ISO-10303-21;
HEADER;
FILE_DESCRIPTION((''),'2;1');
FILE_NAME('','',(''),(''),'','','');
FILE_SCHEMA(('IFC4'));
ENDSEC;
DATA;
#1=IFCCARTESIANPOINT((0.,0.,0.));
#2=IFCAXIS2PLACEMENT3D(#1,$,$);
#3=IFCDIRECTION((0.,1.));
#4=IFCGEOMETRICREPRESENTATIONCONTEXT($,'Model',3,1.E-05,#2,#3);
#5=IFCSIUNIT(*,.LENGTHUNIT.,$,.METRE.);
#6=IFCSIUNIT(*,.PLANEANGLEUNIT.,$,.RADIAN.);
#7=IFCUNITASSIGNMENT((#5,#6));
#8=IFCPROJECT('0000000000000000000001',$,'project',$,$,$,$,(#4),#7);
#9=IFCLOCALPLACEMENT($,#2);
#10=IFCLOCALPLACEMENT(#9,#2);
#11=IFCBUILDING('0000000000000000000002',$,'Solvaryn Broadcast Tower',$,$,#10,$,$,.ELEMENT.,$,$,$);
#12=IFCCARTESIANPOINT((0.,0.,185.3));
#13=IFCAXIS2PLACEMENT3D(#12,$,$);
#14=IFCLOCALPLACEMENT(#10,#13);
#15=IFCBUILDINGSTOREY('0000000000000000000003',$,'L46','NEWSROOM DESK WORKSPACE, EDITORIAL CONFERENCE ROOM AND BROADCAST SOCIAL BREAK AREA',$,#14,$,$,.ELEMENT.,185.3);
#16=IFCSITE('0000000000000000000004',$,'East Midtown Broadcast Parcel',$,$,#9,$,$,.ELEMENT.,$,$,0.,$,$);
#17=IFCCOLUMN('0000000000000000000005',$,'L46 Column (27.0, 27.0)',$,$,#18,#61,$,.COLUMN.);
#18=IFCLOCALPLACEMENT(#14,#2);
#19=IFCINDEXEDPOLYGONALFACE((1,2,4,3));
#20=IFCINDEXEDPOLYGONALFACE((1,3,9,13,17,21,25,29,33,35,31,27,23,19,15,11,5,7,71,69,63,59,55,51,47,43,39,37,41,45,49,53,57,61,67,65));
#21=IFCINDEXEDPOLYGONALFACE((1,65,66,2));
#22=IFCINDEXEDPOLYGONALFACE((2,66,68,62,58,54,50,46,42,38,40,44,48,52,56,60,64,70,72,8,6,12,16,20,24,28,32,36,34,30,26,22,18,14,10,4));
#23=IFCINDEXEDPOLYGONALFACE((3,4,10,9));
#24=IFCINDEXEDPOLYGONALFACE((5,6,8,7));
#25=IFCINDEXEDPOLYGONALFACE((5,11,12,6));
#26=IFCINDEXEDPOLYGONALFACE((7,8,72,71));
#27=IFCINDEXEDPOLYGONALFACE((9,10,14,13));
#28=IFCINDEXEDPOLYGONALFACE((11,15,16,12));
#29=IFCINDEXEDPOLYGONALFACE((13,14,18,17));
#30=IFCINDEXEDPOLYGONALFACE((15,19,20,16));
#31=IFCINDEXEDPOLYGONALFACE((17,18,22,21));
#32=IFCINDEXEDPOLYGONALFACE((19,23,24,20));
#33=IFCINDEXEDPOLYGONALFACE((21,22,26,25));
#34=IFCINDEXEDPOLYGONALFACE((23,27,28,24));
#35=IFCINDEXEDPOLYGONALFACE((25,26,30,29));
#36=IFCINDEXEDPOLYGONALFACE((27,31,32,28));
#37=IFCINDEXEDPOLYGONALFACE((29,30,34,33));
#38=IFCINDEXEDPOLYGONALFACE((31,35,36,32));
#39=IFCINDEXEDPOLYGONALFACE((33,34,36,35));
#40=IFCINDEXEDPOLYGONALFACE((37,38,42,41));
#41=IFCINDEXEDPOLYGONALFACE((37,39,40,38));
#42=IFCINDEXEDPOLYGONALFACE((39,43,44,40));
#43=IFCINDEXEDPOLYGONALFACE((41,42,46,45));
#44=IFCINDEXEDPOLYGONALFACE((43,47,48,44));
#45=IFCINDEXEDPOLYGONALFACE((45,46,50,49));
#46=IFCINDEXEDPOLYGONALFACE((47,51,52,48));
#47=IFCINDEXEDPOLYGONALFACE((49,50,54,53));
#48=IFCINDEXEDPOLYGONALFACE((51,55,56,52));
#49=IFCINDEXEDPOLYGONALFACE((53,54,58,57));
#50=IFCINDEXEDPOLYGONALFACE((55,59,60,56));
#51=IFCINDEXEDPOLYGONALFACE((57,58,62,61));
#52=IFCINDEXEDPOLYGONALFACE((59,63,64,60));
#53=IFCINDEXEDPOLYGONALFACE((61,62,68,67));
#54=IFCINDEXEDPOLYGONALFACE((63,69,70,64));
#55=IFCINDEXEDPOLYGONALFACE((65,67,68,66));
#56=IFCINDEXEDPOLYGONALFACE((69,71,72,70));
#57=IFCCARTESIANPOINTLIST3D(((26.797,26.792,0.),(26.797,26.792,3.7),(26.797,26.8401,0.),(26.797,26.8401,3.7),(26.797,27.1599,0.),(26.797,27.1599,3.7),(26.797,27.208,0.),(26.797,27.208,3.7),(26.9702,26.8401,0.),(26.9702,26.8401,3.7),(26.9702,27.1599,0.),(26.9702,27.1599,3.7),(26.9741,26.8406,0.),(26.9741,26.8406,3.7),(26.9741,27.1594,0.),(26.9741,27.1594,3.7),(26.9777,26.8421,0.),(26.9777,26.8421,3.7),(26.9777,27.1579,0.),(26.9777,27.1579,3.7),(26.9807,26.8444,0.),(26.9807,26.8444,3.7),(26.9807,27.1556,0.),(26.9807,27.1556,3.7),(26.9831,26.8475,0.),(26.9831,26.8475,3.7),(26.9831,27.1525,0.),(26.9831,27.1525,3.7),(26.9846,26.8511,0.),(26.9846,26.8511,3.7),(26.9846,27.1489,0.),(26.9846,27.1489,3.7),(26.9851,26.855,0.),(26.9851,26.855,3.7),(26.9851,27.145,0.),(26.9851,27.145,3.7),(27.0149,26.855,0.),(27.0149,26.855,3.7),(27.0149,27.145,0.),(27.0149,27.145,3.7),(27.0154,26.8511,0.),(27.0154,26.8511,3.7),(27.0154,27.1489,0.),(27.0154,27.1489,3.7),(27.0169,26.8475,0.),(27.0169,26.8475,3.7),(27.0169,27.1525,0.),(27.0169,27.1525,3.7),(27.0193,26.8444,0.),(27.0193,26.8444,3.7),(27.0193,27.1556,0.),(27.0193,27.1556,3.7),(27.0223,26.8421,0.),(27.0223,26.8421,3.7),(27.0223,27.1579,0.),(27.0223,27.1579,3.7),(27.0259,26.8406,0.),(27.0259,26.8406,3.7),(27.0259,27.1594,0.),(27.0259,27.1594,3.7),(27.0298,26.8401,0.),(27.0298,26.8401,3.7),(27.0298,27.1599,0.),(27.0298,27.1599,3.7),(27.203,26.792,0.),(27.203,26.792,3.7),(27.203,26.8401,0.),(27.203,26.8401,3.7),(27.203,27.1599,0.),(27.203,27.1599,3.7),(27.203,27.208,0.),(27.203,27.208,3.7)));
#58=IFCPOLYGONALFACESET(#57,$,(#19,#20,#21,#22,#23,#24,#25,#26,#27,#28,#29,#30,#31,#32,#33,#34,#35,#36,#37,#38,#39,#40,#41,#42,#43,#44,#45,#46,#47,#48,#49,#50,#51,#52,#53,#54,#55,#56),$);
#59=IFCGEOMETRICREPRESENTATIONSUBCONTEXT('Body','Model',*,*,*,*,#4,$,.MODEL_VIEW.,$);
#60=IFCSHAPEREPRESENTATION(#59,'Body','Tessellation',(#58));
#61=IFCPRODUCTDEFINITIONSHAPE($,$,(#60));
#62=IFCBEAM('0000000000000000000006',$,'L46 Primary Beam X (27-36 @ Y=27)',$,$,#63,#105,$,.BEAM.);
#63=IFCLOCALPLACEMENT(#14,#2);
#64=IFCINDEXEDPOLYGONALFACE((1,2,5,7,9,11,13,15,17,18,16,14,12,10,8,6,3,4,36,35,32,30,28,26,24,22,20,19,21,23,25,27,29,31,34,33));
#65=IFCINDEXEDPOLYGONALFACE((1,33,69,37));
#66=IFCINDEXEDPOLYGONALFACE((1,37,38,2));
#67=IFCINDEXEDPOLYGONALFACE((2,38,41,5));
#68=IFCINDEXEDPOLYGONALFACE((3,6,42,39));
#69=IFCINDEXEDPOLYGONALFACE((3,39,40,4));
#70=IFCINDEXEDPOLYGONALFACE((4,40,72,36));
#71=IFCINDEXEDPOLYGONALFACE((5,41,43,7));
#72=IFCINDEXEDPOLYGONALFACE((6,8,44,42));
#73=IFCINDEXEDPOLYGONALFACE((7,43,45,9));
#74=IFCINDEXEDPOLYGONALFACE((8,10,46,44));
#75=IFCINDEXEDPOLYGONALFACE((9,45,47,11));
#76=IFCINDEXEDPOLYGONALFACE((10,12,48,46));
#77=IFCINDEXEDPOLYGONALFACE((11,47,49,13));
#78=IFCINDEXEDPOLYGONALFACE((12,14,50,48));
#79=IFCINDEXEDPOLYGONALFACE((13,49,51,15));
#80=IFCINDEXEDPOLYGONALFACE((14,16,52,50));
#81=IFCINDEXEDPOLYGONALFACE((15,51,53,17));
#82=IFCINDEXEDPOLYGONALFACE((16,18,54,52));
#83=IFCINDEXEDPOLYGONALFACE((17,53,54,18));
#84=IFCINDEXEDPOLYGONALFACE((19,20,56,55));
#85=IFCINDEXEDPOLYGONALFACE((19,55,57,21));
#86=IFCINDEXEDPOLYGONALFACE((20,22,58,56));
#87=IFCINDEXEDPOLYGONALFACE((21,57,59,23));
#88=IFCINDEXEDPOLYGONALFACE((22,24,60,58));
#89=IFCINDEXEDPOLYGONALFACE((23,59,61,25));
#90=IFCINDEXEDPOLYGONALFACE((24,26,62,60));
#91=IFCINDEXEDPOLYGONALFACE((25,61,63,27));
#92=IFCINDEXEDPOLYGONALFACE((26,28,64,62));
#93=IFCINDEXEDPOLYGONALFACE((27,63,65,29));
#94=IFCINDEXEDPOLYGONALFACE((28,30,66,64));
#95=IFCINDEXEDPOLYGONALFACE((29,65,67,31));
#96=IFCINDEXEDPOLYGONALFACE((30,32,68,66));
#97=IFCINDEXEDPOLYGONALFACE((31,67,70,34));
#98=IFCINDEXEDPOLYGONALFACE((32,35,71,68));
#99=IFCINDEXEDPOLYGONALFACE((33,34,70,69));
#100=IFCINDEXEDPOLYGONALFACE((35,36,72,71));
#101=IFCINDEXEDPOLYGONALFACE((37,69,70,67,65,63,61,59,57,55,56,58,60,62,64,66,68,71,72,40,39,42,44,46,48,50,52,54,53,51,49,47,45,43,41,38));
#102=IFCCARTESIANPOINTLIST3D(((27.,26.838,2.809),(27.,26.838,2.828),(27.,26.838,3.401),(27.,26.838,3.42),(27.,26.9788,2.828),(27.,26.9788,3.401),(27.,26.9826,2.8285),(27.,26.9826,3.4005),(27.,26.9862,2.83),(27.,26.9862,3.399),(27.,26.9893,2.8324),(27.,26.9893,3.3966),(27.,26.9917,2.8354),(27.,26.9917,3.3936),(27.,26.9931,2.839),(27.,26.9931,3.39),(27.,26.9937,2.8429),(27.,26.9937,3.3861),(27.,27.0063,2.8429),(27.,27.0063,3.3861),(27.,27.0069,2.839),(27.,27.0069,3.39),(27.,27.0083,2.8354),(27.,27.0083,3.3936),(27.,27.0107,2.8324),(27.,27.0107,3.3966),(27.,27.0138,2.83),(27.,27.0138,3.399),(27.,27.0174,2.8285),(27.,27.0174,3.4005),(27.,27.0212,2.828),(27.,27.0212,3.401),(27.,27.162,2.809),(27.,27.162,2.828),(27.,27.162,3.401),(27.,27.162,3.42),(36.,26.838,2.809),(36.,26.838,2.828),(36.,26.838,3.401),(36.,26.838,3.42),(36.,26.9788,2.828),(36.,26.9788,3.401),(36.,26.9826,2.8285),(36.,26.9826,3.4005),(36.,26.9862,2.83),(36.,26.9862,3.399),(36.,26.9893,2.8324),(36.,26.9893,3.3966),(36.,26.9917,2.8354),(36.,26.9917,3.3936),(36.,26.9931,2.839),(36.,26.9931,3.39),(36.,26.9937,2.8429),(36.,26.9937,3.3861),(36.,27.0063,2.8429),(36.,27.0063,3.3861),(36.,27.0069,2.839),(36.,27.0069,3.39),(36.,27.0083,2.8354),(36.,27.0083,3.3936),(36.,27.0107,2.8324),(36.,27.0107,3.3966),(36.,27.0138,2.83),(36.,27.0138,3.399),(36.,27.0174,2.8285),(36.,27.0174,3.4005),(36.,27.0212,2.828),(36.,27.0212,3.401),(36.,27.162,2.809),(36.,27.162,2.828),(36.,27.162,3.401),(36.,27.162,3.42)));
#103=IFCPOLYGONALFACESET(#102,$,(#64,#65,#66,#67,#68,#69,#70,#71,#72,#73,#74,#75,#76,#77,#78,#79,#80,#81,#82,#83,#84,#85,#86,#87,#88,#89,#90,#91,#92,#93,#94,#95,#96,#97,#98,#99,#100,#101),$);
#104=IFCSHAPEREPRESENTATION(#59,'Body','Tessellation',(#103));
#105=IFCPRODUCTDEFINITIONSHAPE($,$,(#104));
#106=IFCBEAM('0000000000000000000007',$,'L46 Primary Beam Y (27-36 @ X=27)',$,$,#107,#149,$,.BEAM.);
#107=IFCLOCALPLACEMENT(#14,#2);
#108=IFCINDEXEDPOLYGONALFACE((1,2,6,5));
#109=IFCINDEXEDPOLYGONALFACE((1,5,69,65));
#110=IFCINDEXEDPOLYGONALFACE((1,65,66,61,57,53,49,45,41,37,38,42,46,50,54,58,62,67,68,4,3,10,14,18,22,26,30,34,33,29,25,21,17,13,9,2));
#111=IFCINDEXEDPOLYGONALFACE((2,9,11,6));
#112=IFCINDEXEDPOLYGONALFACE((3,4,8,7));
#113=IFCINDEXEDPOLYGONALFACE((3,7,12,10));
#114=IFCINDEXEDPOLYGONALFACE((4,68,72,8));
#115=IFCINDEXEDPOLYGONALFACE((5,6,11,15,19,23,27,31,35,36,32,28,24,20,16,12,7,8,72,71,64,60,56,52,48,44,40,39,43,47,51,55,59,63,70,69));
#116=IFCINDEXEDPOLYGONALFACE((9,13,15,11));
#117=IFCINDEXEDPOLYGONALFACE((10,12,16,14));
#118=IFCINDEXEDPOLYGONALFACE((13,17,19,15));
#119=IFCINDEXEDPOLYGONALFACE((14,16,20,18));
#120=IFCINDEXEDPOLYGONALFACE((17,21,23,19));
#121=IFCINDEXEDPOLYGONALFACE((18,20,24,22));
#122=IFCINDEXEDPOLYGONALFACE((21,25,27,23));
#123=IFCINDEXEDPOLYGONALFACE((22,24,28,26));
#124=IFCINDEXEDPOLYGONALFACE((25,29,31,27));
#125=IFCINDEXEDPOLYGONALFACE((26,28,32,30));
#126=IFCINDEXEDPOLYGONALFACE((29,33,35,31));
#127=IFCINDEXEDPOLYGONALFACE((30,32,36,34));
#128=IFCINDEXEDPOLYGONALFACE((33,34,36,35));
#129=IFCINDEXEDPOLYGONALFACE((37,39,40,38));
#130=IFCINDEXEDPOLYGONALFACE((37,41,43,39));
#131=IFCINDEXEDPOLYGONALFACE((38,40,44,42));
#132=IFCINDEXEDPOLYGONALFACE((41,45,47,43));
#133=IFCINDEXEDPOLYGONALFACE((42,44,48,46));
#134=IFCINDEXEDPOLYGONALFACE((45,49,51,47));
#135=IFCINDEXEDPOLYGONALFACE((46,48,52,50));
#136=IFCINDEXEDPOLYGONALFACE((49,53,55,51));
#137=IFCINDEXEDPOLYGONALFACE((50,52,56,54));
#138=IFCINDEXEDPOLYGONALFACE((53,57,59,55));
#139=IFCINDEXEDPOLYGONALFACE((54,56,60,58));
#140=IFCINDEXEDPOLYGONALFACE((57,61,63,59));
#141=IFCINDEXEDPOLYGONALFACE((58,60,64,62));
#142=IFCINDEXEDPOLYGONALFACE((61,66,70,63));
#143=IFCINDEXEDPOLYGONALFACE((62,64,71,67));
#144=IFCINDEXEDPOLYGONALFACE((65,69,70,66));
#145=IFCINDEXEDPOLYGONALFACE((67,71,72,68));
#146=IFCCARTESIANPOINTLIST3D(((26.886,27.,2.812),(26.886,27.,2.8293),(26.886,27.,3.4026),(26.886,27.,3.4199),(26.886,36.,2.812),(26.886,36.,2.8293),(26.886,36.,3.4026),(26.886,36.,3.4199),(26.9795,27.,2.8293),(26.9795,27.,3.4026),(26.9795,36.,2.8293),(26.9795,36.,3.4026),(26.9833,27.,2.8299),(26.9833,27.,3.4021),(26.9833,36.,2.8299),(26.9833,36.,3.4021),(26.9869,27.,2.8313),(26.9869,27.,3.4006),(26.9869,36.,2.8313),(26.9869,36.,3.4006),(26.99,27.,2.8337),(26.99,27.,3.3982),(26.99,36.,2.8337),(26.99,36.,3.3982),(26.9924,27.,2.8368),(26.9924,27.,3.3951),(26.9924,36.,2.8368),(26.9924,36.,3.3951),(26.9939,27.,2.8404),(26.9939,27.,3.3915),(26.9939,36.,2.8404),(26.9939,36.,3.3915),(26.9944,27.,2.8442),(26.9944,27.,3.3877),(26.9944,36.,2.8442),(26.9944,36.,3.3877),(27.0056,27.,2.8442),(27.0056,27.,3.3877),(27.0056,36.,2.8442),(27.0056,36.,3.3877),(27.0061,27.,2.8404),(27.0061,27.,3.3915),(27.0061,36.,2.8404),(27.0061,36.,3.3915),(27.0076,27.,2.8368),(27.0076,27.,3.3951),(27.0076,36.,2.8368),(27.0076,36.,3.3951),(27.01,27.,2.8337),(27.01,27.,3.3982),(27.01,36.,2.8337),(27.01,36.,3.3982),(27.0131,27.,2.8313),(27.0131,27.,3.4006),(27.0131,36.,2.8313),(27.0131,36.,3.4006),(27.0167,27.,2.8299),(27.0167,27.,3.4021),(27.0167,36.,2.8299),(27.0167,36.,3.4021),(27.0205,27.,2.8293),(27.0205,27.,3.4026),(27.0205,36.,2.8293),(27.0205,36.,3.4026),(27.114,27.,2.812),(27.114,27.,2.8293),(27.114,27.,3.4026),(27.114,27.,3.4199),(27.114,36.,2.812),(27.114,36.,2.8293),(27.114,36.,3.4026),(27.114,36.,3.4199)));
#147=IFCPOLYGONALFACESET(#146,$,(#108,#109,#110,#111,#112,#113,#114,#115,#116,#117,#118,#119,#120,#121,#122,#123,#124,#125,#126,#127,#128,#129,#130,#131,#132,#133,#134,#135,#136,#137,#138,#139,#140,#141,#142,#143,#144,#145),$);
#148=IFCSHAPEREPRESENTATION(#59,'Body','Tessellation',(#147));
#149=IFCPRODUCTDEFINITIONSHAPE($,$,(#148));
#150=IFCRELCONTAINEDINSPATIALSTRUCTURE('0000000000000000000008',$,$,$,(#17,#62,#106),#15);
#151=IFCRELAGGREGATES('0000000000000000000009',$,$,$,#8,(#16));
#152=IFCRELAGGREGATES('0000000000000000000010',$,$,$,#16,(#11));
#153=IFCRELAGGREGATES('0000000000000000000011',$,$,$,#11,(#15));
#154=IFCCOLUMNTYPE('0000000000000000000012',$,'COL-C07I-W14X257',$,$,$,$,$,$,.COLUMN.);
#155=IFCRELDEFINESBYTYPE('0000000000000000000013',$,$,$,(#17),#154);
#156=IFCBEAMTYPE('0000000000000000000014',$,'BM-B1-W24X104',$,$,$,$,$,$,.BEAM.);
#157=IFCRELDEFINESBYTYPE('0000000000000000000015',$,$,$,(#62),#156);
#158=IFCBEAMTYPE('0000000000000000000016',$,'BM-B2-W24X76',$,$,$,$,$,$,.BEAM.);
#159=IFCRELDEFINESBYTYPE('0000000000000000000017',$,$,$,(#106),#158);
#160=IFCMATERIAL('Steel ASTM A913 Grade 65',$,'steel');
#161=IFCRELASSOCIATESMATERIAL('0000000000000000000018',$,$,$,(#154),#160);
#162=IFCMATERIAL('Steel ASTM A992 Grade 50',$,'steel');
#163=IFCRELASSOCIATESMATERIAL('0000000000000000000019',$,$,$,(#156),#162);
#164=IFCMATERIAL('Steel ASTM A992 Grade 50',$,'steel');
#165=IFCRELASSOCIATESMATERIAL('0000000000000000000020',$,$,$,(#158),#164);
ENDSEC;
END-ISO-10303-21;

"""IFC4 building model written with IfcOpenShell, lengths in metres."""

from ifc_helpers import new_model, si_unit, direction, frame, origin, origin_2d, place, context, subcontext, project, spatial, i_section, extrude, material, material_profile, profile_set, type_object, element, save


model = new_model("IFC4")

# Units and contexts
model_context = context("Model", 3, precision=1e-05, world=origin(), true_north=direction((0.0, 1.0)))
body_context = subcontext(model_context, "Body", "Model", "MODEL_VIEW")
ifc_project = project(units=[si_unit("LENGTHUNIT", "METRE"), si_unit("PLANEANGLEUNIT", "RADIAN")], contexts=[model_context])

# Site, building, storey
site_placement = place(None, origin())
site = spatial("IfcSite", under=ifc_project, at=site_placement, Name="East Midtown Broadcast Parcel", CompositionType="ELEMENT", RefElevation=0.0)
building_placement = place(site_placement, origin())
building = spatial("IfcBuilding", under=site, at=building_placement, Name="Solvaryn Broadcast Tower", CompositionType="ELEMENT")
storey_placement = place(building_placement, frame((0.0, 0.0, 185.3)))
storey = spatial("IfcBuildingStorey", under=building, at=storey_placement, Name="L46", Description="NEWSROOM DESK WORKSPACE, EDITORIAL CONFERENCE ROOM AND BROADCAST SOCIAL BREAK AREA", CompositionType="ELEMENT", Elevation=185.3)

# Column
ifc_material_1 = material(Name="Steel ASTM A913 Grade 65", Category="steel")
ifc_material_profile_1 = material_profile(ifc_material_1, i_section(OverallWidth=0.406, OverallDepth=0.416, WebThickness=0.0298, FlangeThickness=0.0481, FilletRadius=0.0149, at=origin_2d()))
ifc_profile_set_1 = profile_set([ifc_material_profile_1], Name="Steel ASTM A913 Grade 65")
column_type = type_object("IfcColumnType", Name="COL-C07I-W14X257", PredefinedType="COLUMN", material=ifc_profile_set_1)
column_placement = place(storey_placement, frame((27.0, 27.0, 0.0), z_axis=(0.0, 0.0, 1.0), x_axis=(1.0, 0.0, 0.0)))
element("IfcColumn", 1, at=column_placement, inside=storey, type_object=column_type, Name="L46 Column (27.0, 27.0)", PredefinedType="COLUMN", context=body_context, shape_type="SweptSolid", body=[
    extrude(i_section(OverallWidth=0.406, OverallDepth=0.416, WebThickness=0.0298, FlangeThickness=0.0481, FilletRadius=0.0149, at=origin_2d()), origin(), (0.0, 0.0, 1.0), 3.7),
])

# Beams
ifc_material_2 = material(Name="Steel ASTM A992 Grade 50", Category="steel")
ifc_material_profile_2 = material_profile(ifc_material_2, i_section(OverallWidth=0.324, OverallDepth=0.6111, WebThickness=0.0127, FlangeThickness=0.019, FilletRadius=0.0149, at=origin_2d()))
ifc_profile_set_2 = profile_set([ifc_material_profile_2], Name="Steel ASTM A992 Grade 50")
beam_type_1 = type_object("IfcBeamType", Name="BM-B1-W24X104", PredefinedType="BEAM", material=ifc_profile_set_2)
beam_1_placement = place(storey_placement, frame((27.0, 27.0, 3.1145), z_axis=(1.0, 0.0, 0.0), x_axis=(0.0, 1.0, 0.0)))
element("IfcBeam", 2, at=beam_1_placement, inside=storey, type_object=beam_type_1, Name="L46 Primary Beam X (27-36 @ Y=27)", PredefinedType="BEAM", context=body_context, shape_type="SweptSolid", body=[
    extrude(i_section(OverallWidth=0.324, OverallDepth=0.6111, WebThickness=0.0127, FlangeThickness=0.019, FilletRadius=0.0149, at=origin_2d()), origin(), (0.0, 0.0, 1.0), 9.0),
])
ifc_material_3 = material(Name="Steel ASTM A992 Grade 50", Category="steel")
ifc_material_profile_3 = material_profile(ifc_material_3, i_section(OverallWidth=0.228, OverallDepth=0.6079, WebThickness=0.0112, FlangeThickness=0.0173, FilletRadius=0.0149, at=origin_2d()))
ifc_profile_set_3 = profile_set([ifc_material_profile_3], Name="Steel ASTM A992 Grade 50")
beam_type_2 = type_object("IfcBeamType", Name="BM-B2-W24X76", PredefinedType="BEAM", material=ifc_profile_set_3)
beam_2_placement = place(storey_placement, frame((27.0, 27.0, 3.116), z_axis=(0.0, 1.0, 0.0), x_axis=(-1.0, 0.0, 0.0)))
element("IfcBeam", 3, at=beam_2_placement, inside=storey, type_object=beam_type_2, Name="L46 Primary Beam Y (27-36 @ X=27)", PredefinedType="BEAM", context=body_context, shape_type="SweptSolid", body=[
    extrude(i_section(OverallWidth=0.228, OverallDepth=0.6079, WebThickness=0.0112, FlangeThickness=0.0173, FilletRadius=0.0149, at=origin_2d()), origin(), (0.0, 0.0, 1.0), 9.0),
])

save(model, "model.ifc")
